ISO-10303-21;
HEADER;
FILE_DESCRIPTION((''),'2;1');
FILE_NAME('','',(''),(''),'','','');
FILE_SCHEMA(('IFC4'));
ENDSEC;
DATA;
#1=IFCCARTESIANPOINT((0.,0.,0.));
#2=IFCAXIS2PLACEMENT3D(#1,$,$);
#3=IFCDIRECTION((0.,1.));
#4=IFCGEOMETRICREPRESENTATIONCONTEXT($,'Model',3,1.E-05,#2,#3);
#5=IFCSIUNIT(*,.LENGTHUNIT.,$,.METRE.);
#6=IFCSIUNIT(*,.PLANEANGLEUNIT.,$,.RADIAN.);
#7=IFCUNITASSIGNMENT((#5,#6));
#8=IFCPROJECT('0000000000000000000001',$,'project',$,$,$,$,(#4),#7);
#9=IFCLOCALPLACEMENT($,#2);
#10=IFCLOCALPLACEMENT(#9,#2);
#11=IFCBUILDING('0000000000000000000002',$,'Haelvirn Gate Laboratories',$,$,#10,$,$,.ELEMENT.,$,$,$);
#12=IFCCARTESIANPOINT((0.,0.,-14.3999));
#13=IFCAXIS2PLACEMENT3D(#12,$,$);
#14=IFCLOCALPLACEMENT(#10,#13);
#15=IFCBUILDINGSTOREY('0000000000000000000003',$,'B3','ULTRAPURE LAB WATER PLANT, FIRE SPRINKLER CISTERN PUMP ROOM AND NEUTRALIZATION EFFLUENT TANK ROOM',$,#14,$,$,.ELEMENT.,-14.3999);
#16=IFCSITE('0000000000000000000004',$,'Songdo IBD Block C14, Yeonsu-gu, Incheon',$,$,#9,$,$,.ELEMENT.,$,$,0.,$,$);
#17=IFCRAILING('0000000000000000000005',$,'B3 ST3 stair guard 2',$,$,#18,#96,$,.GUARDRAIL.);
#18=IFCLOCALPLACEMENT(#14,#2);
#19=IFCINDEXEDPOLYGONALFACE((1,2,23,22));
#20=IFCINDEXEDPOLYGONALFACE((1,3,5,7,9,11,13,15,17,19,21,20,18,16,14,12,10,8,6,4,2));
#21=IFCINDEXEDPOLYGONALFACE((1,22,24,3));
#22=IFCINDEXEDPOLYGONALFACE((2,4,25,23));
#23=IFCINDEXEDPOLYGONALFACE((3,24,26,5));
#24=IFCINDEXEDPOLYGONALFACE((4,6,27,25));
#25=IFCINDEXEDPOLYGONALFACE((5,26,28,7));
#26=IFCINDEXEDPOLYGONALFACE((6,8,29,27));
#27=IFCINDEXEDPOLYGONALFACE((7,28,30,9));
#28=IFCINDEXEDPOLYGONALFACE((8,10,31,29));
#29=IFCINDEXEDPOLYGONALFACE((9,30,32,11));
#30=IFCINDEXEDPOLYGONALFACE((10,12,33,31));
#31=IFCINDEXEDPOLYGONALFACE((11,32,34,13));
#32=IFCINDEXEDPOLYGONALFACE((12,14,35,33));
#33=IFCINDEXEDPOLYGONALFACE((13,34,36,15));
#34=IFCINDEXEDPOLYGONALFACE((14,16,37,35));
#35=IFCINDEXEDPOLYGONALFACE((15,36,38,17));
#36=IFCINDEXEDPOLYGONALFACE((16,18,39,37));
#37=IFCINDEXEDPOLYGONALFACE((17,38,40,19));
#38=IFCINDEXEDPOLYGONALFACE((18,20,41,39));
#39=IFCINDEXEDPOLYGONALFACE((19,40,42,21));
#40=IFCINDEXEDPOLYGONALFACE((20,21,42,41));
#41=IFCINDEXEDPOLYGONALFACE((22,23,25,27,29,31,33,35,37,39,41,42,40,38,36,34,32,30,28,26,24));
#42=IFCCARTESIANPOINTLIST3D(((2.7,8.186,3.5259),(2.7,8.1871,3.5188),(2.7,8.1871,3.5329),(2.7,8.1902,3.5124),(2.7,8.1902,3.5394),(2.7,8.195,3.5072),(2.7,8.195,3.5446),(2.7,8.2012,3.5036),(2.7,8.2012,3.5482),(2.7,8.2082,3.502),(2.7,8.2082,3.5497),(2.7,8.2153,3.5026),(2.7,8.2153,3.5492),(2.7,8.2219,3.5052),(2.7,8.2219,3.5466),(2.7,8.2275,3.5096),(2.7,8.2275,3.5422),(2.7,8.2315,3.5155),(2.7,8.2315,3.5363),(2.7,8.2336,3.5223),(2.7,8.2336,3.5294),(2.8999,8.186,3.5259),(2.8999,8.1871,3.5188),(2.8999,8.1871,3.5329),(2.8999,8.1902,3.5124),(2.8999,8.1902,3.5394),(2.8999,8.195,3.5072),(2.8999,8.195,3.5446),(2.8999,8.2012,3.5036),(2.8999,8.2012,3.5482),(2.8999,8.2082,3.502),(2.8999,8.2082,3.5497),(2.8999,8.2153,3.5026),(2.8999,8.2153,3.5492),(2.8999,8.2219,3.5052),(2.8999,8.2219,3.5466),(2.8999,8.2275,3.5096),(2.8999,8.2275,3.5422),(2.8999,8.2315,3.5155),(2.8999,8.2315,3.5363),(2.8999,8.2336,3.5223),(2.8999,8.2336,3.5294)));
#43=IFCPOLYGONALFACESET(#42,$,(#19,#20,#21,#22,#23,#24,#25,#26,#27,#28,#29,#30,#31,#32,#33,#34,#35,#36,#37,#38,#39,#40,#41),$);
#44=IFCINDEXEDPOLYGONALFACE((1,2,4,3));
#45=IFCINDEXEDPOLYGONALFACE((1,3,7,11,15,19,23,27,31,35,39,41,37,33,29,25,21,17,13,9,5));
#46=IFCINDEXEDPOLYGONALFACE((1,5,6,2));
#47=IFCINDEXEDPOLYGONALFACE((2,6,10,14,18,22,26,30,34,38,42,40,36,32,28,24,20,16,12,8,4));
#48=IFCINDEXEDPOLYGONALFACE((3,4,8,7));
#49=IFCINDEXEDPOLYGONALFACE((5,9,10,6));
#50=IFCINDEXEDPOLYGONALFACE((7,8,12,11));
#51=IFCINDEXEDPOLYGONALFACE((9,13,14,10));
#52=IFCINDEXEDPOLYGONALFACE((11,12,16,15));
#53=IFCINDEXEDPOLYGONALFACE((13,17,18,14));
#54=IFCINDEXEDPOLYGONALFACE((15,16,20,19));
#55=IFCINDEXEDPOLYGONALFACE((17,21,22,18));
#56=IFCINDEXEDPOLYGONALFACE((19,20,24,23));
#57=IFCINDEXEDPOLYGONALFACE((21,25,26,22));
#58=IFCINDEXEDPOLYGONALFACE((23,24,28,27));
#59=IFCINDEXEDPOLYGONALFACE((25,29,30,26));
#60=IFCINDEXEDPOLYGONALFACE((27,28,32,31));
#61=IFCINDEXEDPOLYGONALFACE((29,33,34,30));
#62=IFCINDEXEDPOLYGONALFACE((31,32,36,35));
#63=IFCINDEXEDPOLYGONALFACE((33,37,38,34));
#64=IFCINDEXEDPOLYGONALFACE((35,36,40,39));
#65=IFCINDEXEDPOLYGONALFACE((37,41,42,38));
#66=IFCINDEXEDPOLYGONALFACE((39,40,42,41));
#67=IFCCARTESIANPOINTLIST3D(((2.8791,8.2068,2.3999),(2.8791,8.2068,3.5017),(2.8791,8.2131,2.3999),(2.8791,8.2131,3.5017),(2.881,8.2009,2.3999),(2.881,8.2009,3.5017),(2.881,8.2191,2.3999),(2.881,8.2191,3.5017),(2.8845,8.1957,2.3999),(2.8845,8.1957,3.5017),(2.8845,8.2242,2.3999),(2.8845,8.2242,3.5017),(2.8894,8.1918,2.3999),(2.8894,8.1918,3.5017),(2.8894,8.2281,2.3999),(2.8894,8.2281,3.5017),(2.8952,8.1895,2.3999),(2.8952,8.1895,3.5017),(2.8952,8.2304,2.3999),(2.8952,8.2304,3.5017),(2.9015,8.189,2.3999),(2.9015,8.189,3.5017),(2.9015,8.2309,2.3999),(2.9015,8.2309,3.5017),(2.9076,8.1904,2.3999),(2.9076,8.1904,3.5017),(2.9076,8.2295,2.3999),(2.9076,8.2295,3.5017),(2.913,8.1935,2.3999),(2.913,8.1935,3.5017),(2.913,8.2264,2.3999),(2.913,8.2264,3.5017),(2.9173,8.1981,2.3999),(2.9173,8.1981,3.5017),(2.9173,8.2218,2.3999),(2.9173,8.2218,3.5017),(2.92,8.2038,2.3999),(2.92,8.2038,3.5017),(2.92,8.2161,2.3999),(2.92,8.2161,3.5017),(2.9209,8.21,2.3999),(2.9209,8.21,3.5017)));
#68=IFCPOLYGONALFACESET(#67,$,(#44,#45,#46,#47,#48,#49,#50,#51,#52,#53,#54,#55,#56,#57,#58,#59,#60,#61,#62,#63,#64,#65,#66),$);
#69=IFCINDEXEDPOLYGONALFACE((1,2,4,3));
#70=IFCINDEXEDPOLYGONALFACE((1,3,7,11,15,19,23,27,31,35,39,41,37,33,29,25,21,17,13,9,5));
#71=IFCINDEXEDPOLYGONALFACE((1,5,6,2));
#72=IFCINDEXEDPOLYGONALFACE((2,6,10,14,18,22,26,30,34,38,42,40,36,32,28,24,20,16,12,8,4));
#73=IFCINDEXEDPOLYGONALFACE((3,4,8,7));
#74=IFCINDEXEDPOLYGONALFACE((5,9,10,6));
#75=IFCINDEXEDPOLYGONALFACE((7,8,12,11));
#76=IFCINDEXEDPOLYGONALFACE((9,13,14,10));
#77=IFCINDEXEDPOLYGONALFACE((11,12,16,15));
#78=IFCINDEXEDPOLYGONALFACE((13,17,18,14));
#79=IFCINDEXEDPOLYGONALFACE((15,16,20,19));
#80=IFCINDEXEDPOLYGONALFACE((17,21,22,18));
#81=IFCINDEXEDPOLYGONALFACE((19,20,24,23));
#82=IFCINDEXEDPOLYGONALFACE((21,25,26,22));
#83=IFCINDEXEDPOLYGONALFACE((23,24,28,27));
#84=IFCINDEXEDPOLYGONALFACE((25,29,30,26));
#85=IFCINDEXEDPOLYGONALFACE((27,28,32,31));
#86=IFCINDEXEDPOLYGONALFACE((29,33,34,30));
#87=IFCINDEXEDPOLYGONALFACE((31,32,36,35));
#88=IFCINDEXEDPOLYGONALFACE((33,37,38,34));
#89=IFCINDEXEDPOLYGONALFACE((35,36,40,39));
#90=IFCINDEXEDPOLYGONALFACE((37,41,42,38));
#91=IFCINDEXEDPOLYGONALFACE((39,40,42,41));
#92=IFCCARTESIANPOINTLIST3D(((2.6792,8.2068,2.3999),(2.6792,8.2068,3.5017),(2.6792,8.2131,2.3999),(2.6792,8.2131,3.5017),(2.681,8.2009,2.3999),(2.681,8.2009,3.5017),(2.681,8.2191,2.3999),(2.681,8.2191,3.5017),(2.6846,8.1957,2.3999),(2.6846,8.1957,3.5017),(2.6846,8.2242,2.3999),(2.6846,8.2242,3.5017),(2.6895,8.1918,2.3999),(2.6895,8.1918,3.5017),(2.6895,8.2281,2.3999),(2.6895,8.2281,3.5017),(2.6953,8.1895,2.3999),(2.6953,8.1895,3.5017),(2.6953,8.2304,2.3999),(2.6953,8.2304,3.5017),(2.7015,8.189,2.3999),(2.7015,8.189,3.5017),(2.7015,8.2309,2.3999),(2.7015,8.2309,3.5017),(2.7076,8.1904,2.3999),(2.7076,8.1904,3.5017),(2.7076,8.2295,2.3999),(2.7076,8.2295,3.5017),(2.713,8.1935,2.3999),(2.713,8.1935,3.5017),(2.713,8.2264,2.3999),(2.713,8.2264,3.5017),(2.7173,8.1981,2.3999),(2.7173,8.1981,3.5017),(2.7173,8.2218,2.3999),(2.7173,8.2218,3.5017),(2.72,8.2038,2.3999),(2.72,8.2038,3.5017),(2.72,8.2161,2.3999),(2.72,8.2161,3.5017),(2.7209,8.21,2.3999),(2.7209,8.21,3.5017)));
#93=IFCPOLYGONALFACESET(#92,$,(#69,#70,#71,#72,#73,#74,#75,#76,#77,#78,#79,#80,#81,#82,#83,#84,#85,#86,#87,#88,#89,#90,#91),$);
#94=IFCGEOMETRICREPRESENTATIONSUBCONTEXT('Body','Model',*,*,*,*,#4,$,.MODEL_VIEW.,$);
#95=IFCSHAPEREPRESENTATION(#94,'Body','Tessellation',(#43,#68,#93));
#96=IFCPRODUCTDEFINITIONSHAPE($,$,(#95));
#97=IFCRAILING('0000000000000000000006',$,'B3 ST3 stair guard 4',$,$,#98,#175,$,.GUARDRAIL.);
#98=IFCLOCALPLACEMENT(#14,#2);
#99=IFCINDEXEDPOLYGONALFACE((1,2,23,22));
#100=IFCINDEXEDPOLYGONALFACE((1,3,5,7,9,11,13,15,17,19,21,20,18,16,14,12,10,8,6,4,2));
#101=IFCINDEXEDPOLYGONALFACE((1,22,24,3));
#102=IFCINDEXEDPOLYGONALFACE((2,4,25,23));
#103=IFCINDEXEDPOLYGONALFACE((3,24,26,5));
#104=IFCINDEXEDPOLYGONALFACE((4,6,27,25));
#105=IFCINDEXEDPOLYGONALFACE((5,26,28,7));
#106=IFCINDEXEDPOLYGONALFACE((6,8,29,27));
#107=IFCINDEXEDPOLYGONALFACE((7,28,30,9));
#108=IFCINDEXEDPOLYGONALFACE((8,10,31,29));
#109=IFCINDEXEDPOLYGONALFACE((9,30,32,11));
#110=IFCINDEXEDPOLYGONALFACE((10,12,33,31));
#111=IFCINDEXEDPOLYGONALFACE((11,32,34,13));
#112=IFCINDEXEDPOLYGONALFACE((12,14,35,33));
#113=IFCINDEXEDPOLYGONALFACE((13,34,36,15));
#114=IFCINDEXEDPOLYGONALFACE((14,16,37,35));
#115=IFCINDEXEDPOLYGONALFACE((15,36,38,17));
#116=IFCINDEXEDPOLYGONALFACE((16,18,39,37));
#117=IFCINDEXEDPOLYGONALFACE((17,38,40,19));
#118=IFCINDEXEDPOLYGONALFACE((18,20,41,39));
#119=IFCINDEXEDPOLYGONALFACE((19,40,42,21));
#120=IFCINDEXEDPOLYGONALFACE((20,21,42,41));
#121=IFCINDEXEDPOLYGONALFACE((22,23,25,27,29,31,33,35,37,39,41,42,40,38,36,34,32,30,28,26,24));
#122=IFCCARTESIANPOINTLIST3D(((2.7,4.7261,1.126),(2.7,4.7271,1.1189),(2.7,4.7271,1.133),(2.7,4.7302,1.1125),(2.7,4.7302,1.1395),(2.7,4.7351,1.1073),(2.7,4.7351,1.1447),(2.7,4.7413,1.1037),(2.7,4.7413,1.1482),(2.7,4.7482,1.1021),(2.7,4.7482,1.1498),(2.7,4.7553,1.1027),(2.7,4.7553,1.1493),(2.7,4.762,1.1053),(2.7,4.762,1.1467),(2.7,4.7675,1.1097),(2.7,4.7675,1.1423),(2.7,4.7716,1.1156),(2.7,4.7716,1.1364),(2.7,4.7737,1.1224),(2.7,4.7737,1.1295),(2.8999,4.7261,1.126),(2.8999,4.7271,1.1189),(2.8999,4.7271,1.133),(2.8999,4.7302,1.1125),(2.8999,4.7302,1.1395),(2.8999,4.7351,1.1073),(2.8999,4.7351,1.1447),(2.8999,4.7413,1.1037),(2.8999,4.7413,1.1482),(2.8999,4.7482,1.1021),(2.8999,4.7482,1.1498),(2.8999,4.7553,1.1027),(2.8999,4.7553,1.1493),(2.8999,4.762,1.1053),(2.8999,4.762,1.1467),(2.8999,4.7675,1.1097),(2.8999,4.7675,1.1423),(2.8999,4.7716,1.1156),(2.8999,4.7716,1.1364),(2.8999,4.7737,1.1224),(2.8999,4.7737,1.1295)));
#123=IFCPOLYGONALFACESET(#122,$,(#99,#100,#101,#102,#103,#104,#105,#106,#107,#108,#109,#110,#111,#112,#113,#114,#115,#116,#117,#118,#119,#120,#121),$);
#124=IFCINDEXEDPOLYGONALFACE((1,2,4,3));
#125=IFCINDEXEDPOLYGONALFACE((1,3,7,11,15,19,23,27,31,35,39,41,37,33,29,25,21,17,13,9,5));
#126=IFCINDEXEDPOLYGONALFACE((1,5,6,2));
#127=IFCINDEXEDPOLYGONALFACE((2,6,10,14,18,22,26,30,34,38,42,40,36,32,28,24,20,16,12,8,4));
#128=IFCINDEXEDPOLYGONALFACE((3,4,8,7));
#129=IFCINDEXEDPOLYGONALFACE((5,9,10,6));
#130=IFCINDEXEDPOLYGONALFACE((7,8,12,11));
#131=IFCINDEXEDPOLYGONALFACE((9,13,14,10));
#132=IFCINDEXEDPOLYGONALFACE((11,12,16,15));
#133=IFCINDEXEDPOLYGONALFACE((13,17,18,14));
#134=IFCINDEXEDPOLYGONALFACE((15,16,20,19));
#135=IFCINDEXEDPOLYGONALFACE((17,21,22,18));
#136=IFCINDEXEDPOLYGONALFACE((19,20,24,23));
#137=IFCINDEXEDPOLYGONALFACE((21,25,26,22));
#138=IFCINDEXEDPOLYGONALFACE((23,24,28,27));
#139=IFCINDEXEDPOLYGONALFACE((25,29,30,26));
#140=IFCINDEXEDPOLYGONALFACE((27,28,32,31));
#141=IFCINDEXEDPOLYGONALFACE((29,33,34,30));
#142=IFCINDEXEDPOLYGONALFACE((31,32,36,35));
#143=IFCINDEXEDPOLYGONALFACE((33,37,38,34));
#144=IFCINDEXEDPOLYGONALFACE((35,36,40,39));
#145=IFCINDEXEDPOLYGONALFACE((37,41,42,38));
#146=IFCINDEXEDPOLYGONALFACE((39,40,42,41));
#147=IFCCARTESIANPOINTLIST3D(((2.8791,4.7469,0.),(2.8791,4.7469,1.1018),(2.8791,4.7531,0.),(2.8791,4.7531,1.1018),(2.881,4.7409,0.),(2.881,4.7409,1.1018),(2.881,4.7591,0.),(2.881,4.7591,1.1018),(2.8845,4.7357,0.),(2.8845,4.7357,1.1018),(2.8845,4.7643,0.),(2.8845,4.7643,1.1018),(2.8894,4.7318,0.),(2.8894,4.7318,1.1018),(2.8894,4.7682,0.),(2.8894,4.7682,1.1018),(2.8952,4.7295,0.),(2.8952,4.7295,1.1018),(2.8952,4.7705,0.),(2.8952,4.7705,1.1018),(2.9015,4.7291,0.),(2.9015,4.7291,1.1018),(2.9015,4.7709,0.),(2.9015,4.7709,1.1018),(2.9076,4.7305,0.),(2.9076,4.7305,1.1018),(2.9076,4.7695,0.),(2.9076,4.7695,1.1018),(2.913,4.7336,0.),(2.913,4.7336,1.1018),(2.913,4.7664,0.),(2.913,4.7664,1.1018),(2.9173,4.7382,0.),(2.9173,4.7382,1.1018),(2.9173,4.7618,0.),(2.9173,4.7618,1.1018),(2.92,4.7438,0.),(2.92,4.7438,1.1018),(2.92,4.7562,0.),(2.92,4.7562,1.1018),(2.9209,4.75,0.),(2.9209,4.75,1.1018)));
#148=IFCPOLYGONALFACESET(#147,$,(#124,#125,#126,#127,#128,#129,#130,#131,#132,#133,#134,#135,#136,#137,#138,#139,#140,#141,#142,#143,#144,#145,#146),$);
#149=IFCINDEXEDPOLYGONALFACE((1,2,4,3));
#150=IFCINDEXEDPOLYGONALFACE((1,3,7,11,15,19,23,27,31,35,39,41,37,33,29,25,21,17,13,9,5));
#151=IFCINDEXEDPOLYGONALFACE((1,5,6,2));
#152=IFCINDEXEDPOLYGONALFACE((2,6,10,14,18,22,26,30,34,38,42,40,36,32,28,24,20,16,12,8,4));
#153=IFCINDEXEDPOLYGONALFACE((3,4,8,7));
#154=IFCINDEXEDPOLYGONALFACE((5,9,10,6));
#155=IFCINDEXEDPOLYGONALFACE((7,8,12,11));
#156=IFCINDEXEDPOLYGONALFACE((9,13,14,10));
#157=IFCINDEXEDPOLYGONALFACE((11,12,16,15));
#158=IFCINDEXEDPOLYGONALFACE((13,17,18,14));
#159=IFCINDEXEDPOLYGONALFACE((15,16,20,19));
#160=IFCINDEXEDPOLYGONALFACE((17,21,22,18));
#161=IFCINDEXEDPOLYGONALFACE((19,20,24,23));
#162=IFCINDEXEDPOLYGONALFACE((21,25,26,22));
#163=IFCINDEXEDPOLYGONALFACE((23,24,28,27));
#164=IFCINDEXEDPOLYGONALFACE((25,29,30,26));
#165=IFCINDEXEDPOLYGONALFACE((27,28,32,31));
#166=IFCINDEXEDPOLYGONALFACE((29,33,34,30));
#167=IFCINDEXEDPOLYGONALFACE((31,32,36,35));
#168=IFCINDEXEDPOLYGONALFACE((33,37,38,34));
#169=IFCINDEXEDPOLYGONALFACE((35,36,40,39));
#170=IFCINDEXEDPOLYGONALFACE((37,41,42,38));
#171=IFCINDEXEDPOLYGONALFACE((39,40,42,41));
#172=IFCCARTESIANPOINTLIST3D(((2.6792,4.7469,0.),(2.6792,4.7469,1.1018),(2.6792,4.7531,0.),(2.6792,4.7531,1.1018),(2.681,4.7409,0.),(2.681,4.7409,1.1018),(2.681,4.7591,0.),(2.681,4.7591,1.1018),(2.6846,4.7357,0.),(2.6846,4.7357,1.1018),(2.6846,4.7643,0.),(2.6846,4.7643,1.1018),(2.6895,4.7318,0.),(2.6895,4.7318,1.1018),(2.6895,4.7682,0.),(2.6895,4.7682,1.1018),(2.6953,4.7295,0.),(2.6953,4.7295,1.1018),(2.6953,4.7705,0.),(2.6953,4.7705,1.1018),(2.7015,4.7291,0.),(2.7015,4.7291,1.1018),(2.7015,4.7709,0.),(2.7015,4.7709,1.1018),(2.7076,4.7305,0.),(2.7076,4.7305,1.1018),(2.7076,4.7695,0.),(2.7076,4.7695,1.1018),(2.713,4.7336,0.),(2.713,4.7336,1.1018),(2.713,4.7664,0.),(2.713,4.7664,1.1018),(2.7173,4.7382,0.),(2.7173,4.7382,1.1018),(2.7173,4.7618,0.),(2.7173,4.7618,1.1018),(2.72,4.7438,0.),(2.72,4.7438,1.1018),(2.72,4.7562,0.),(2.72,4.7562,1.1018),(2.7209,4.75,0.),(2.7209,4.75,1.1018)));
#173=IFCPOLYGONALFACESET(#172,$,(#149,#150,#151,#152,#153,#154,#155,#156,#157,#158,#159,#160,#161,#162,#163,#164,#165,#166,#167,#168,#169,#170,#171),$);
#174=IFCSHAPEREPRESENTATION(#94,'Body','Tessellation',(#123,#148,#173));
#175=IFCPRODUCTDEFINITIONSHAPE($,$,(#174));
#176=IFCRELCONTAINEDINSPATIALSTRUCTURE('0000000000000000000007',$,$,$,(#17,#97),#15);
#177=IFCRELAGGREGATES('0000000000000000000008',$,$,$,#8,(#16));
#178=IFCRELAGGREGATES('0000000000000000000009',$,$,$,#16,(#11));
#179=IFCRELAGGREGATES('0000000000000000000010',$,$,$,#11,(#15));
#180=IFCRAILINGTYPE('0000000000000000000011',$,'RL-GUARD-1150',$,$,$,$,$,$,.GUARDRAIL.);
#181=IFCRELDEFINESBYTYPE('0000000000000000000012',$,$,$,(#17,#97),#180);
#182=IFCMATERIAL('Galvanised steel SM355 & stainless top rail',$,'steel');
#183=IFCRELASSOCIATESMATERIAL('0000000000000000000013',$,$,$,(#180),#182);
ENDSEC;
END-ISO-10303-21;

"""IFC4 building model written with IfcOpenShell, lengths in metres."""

from ifc_helpers import new_model, si_unit, direction, frame, origin, origin_2d, place, context, subcontext, project, spatial, circle, extrude, source, transform, mapped, material, type_object, element, save


model = new_model("IFC4")

# Units and contexts
model_context = context("Model", 3, precision=1e-05, world=origin(), true_north=direction((0.0, 1.0)))
body_context = subcontext(model_context, "Body", "Model", "MODEL_VIEW")
ifc_project = project(units=[si_unit("LENGTHUNIT", "METRE"), si_unit("PLANEANGLEUNIT", "RADIAN")], contexts=[model_context])

# Site, building, storey
site_placement = place(None, origin())
site = spatial("IfcSite", under=ifc_project, at=site_placement, Name="Songdo IBD Block C14, Yeonsu-gu, Incheon", CompositionType="ELEMENT", RefElevation=0.0)
building_placement = place(site_placement, origin())
building = spatial("IfcBuilding", under=site, at=building_placement, Name="Haelvirn Gate Laboratories", CompositionType="ELEMENT")
storey_placement = place(building_placement, frame((0.0, 0.0, -14.3999)))
storey = spatial("IfcBuildingStorey", under=building, at=storey_placement, Name="B3", Description="ULTRAPURE LAB WATER PLANT, FIRE SPRINKLER CISTERN PUMP ROOM AND NEUTRALIZATION EFFLUENT TANK ROOM", CompositionType="ELEMENT", Elevation=-14.3999)

# Railings
ifc_material_1 = material(Name="Galvanised steel SM355 & stainless top rail", Category="steel")
railing_type_1 = type_object("IfcRailingType", Name="RL-GUARD-1150", PredefinedType="GUARDRAIL", material=ifc_material_1)
shared_shape_1 = source(origin(), body_context, "Body", "SweptSolid", [
    extrude(circle(Radius=0.0239, at=origin_2d()), frame((0.0, 0.0, 1.126), z_axis=(-1.0, 0.0, 0.0), x_axis=(0.0, -1.0, 0.0)), (0.0, 0.0, 1.0), 0.2),
    extrude(circle(Radius=0.021, at=origin_2d()), origin(), (0.0, 0.0, 1.0), 1.1018),
    extrude(circle(Radius=0.021, at=origin_2d()), frame((-0.2, 0.0, 0.0)), (0.0, 0.0, 1.0), 1.1018),
])
for number, where, name in (
    (1, (2.8999, 8.21, 2.3999), "B3 ST3 stair guard 2"),
    (2, (2.8999, 4.75, 0.0), "B3 ST3 stair guard 4"),
):
    element("IfcRailing", number, at=place(storey_placement, frame(where)), inside=storey, type_object=railing_type_1, Name=name, PredefinedType="GUARDRAIL", context=body_context, shape_type="MappedRepresentation", body=[
        mapped(shared_shape_1, transform((0.0, 0.0, 0.0), scale=1.0)),
    ])

save(model, "model.ifc")
